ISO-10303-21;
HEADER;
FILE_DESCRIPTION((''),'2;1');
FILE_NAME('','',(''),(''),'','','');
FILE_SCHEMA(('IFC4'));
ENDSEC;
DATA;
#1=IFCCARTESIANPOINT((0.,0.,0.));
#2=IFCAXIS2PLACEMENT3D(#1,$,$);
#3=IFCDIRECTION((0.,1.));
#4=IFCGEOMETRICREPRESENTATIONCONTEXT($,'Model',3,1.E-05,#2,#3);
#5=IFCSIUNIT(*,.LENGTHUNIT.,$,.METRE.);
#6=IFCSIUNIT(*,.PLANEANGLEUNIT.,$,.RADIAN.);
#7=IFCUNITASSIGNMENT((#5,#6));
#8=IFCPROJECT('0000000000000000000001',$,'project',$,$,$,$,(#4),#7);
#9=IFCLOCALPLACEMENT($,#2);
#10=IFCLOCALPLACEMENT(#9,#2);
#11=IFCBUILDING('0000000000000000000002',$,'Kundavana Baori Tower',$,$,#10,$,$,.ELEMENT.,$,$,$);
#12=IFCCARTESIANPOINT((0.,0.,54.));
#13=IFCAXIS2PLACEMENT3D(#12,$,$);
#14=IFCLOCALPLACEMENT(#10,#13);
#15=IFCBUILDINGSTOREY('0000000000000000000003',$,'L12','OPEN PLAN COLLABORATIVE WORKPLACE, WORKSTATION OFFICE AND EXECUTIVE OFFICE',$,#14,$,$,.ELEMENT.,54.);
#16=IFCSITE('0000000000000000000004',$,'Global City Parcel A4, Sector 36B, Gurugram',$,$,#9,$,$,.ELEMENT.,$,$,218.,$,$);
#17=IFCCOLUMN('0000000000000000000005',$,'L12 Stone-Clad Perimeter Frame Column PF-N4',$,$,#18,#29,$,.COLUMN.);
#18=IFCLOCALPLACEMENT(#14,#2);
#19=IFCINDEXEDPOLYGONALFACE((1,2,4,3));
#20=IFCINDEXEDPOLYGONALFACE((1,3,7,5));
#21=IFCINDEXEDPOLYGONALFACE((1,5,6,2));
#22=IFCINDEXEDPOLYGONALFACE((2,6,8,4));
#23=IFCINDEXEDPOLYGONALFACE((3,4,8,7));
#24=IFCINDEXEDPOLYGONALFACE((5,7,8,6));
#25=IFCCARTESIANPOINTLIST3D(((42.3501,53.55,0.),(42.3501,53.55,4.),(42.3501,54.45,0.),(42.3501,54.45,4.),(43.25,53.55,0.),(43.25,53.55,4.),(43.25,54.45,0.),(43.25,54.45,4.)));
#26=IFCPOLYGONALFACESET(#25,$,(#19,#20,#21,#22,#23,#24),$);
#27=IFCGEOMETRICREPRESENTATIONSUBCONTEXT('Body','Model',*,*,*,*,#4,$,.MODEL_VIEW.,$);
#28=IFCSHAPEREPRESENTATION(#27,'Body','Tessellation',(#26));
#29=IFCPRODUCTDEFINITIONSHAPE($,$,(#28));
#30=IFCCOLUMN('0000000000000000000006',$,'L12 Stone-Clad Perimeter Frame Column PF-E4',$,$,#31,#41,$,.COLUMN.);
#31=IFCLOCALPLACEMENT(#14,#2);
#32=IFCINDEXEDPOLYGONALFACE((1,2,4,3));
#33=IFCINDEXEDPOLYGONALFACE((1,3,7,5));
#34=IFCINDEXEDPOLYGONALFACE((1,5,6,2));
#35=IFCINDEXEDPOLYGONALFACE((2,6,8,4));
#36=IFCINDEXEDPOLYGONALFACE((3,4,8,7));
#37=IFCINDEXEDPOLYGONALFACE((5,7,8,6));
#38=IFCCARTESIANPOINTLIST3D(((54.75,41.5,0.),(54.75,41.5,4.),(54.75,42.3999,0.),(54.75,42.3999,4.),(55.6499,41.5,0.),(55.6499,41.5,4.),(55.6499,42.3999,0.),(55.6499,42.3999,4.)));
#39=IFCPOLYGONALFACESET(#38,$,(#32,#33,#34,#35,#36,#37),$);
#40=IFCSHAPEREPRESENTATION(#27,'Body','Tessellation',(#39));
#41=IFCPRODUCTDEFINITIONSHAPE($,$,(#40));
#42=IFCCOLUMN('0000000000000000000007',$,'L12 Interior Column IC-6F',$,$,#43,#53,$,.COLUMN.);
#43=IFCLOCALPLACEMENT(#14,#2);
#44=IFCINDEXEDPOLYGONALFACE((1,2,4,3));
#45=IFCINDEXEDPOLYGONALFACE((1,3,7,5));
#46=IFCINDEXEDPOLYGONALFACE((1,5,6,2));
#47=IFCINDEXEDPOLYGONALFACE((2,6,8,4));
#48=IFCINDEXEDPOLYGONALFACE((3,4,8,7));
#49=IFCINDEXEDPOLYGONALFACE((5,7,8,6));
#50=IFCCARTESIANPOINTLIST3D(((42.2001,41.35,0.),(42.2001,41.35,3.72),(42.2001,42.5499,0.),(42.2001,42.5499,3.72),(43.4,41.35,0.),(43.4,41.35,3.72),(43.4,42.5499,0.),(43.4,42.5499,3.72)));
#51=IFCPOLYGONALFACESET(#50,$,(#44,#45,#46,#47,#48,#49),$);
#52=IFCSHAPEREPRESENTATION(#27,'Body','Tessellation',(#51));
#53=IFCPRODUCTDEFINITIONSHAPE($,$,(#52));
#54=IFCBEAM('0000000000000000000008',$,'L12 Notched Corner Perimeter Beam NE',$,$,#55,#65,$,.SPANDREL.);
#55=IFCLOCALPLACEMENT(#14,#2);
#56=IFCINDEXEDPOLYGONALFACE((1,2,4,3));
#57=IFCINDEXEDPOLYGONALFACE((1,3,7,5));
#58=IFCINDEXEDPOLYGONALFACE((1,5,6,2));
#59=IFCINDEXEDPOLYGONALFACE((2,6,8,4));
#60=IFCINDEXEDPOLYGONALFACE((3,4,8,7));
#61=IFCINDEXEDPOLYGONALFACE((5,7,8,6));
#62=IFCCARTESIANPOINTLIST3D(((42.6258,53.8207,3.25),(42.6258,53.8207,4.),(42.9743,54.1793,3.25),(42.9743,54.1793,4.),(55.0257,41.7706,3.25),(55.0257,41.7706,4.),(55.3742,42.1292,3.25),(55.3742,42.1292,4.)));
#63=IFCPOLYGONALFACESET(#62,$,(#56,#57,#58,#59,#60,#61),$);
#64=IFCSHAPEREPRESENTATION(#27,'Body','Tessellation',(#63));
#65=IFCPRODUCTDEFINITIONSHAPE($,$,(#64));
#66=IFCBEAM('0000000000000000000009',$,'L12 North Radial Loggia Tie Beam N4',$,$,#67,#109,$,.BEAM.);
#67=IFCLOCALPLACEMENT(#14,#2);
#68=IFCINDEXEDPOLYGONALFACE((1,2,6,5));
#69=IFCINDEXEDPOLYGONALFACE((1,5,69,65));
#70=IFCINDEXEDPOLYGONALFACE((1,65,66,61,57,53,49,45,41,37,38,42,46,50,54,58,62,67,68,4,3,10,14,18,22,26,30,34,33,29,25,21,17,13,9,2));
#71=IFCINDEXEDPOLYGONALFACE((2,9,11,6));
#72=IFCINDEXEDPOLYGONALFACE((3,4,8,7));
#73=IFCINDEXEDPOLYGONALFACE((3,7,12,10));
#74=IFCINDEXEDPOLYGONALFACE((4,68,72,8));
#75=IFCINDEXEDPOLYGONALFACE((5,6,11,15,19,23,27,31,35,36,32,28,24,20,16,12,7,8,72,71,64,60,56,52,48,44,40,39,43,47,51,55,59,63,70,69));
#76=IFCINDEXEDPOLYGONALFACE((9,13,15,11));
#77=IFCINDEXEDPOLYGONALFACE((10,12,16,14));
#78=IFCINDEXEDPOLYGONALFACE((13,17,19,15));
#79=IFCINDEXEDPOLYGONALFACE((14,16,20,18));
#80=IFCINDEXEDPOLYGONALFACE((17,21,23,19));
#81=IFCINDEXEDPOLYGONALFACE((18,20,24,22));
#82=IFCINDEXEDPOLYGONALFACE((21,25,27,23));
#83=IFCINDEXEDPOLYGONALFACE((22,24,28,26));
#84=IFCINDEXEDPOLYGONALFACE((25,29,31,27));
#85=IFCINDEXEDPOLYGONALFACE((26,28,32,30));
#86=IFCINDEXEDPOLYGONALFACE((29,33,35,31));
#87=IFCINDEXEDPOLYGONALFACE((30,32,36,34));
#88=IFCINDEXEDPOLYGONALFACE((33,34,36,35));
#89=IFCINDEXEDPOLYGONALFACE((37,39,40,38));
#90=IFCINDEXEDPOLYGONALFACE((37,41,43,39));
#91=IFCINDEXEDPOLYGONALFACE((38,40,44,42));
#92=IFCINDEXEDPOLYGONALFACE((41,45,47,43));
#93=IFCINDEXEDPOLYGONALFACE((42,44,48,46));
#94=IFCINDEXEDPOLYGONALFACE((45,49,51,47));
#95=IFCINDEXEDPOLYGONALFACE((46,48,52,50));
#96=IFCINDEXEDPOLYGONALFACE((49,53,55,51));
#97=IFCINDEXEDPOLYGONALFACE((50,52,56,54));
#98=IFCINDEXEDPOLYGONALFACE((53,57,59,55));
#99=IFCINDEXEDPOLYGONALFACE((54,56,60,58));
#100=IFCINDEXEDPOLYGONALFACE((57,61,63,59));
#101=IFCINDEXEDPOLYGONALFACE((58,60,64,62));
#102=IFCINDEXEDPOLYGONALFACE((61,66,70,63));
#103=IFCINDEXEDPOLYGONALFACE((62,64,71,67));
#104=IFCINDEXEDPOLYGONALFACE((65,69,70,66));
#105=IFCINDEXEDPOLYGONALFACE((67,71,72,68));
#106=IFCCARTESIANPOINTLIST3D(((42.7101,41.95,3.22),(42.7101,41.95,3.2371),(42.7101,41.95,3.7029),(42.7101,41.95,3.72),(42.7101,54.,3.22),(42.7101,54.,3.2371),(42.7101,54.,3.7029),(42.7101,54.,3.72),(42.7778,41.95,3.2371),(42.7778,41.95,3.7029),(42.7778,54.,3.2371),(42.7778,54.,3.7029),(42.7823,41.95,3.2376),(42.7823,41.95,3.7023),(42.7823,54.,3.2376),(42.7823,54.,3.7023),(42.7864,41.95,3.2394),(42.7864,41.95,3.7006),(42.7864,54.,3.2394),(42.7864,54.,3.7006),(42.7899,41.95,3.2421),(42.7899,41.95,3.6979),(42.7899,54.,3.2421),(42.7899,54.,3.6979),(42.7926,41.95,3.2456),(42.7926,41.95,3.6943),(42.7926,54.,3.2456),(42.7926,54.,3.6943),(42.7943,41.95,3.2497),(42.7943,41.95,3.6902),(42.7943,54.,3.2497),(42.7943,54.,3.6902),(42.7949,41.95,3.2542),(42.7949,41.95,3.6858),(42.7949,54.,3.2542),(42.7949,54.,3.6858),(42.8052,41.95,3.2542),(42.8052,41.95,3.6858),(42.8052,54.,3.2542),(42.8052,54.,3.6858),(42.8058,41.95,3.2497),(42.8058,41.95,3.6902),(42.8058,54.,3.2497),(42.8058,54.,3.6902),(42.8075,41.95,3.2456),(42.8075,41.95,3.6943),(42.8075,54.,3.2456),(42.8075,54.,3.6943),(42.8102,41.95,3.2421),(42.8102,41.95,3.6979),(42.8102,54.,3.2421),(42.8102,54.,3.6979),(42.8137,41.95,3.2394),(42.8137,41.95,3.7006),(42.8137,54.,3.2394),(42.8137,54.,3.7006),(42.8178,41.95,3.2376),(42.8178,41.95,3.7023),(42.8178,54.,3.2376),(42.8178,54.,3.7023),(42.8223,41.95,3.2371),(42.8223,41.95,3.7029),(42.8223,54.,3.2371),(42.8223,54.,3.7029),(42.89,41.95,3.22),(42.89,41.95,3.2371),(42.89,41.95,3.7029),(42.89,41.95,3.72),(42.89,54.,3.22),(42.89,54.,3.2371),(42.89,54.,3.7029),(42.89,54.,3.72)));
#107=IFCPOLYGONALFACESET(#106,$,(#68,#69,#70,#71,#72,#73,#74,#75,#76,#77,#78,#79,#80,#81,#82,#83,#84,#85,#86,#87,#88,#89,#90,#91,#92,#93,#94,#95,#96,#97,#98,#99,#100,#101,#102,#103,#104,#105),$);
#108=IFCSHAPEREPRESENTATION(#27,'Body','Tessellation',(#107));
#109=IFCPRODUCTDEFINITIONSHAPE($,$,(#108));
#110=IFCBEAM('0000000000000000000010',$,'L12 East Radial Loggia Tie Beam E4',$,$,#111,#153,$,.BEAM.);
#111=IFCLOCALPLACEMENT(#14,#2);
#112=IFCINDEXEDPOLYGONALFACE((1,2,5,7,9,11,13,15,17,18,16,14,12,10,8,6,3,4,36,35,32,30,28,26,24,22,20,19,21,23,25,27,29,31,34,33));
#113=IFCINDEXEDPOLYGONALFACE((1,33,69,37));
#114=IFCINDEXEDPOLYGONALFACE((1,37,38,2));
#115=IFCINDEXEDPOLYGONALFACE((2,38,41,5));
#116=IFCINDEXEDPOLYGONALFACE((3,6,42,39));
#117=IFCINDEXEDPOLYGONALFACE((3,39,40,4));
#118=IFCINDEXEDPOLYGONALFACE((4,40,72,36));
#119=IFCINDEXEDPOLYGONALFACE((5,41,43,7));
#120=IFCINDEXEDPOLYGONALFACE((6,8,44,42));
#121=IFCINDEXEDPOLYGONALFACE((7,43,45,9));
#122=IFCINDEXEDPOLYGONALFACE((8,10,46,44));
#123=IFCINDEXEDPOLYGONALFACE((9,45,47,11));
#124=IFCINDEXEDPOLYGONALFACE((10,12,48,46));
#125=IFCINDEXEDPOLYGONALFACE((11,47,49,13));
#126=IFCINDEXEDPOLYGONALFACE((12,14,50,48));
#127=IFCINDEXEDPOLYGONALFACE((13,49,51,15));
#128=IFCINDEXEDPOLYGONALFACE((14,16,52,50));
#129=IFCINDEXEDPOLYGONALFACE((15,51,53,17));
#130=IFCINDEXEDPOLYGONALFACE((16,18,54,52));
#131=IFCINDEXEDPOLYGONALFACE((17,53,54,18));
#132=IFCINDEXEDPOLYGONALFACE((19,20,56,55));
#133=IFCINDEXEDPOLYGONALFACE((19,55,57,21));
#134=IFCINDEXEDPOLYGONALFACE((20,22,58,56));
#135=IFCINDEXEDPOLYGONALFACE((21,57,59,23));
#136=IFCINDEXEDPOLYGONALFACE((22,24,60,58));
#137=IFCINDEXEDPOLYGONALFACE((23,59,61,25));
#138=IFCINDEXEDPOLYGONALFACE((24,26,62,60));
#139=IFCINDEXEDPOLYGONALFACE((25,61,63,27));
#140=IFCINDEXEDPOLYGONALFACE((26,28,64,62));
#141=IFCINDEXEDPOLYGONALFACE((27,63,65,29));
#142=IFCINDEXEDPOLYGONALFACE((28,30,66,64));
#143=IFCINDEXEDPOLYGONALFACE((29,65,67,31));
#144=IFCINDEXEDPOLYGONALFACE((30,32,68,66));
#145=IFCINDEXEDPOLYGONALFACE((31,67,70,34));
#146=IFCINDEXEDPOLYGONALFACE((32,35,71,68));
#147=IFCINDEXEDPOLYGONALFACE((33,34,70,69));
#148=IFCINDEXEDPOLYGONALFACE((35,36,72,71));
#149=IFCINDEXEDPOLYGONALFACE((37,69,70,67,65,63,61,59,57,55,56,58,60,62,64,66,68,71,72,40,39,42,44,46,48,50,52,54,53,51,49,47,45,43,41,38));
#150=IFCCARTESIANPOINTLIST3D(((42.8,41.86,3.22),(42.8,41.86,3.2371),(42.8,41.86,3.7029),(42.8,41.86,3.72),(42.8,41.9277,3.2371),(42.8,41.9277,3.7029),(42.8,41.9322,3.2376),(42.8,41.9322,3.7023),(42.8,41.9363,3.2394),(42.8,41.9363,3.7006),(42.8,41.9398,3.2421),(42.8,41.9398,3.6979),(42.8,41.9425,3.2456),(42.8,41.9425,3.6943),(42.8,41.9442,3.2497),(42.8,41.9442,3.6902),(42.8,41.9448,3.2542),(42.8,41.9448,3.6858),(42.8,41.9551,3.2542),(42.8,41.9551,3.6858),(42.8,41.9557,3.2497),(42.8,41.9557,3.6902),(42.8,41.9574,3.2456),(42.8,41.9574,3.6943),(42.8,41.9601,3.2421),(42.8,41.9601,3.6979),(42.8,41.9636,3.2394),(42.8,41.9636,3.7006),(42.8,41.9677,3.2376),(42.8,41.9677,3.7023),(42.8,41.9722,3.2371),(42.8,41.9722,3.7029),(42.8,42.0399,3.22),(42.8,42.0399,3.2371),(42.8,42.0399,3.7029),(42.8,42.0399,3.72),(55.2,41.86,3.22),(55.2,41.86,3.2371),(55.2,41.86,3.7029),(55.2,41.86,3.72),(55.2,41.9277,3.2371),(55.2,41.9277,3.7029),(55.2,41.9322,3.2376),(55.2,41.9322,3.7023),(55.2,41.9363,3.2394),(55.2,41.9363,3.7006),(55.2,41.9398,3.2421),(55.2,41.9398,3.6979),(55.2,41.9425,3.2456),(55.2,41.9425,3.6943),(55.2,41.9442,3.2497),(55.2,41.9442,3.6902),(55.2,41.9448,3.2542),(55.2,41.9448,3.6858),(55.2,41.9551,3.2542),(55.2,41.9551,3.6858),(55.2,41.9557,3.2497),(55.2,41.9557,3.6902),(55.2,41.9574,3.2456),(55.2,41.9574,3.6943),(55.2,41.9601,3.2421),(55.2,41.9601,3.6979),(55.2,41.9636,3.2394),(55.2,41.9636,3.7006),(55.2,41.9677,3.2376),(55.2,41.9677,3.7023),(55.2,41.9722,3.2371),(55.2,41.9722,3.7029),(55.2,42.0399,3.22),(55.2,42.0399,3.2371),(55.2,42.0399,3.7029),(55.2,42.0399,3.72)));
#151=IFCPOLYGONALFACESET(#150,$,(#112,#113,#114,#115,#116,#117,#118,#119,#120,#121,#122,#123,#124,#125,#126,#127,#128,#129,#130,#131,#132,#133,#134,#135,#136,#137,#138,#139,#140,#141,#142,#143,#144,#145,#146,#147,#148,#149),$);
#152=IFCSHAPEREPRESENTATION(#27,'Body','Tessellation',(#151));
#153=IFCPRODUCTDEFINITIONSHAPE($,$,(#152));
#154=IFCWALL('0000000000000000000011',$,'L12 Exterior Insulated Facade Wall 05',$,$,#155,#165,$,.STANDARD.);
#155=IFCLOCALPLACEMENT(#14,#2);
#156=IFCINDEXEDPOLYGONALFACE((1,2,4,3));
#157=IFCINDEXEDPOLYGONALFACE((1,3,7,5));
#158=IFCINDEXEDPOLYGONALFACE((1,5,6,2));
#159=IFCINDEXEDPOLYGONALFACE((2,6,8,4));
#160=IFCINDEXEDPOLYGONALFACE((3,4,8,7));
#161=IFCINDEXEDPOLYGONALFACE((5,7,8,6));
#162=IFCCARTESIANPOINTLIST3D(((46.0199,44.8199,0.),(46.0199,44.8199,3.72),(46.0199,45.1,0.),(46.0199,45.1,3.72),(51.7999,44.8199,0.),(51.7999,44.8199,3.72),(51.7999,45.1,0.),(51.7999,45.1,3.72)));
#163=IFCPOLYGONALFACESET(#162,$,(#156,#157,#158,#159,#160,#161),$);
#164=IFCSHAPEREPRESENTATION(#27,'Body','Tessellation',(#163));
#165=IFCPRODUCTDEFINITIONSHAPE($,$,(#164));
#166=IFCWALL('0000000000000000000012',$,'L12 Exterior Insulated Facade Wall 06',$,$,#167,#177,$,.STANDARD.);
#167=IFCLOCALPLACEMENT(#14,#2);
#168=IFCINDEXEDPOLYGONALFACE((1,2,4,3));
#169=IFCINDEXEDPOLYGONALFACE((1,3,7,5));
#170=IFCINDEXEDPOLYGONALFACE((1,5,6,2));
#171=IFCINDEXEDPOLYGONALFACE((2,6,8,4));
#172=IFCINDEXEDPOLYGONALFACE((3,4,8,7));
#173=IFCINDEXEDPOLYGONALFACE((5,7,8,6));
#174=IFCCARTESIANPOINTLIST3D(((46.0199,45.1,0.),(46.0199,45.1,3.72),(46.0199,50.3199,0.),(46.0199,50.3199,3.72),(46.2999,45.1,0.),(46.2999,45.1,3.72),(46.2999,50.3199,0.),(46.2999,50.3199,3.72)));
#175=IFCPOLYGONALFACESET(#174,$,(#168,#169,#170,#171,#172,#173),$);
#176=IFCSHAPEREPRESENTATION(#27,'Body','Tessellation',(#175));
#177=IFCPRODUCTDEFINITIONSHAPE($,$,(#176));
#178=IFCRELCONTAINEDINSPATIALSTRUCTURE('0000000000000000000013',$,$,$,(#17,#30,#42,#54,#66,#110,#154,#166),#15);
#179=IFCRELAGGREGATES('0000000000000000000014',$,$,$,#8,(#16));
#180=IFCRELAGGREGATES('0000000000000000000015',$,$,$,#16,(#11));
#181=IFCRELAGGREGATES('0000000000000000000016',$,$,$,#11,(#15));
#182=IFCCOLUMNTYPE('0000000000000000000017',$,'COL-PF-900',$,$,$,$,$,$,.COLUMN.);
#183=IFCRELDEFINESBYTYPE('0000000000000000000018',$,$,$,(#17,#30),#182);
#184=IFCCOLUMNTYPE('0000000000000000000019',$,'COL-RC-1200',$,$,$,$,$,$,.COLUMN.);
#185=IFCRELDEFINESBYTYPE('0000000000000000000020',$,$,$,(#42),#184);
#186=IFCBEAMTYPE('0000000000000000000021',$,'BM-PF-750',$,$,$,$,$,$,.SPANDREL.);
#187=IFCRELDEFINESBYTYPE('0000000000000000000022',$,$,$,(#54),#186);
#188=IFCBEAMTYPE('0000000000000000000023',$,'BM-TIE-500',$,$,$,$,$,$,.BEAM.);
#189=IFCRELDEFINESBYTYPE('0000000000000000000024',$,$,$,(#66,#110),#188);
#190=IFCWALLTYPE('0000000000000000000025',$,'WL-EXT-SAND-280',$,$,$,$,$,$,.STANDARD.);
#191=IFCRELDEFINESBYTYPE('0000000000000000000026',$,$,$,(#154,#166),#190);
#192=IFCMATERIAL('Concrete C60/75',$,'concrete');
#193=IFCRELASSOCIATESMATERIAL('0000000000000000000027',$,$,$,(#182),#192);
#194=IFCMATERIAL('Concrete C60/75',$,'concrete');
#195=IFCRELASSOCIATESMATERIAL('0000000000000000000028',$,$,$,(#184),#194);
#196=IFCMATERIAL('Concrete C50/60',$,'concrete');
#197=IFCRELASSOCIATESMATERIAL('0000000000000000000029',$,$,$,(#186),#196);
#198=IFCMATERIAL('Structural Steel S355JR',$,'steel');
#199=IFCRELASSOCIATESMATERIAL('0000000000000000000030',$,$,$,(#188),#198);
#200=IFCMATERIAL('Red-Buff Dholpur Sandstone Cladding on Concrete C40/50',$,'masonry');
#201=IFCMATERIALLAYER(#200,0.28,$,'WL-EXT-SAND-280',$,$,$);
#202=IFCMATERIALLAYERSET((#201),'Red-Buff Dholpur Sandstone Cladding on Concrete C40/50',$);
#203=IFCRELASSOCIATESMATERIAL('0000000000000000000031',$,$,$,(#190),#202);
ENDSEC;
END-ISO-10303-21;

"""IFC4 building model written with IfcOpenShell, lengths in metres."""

from ifc_helpers import new_model, si_unit, direction, frame, frame_2d, origin, origin_2d, place, context, subcontext, project, spatial, rectangle, i_section, extrude, material, layer, layer_set, material_profile, profile_set, type_object, element, save


model = new_model("IFC4")

# Units and contexts
model_context = context("Model", 3, precision=1e-05, world=origin(), true_north=direction((0.0, 1.0)))
body_context = subcontext(model_context, "Body", "Model", "MODEL_VIEW")
ifc_project = project(units=[si_unit("LENGTHUNIT", "METRE"), si_unit("PLANEANGLEUNIT", "RADIAN")], contexts=[model_context])

# Site, building, storey
site_placement = place(None, origin())
site = spatial("IfcSite", under=ifc_project, at=site_placement, Name="Global City Parcel A4, Sector 36B, Gurugram", CompositionType="ELEMENT", RefElevation=218.0)
building_placement = place(site_placement, origin())
building = spatial("IfcBuilding", under=site, at=building_placement, Name="Kundavana Baori Tower", CompositionType="ELEMENT")
storey_placement = place(building_placement, frame((0.0, 0.0, 54.0)))
storey = spatial("IfcBuildingStorey", under=building, at=storey_placement, Name="L12", Description="OPEN PLAN COLLABORATIVE WORKPLACE, WORKSTATION OFFICE AND EXECUTIVE OFFICE", CompositionType="ELEMENT", Elevation=54.0)

# Columns
ifc_material_1 = material(Name="Concrete C60/75", Category="concrete")
ifc_material_profile_1 = material_profile(ifc_material_1, rectangle(XDim=0.8999, YDim=0.8999, at=origin_2d()), Name="RC PF 900x900")
ifc_profile_set_1 = profile_set([ifc_material_profile_1], Name="Concrete C60/75")
column_type_1 = type_object("IfcColumnType", Name="COL-PF-900", PredefinedType="COLUMN", material=ifc_profile_set_1)
for number, where, z_axis, x_axis, name in (
    (1, (42.8, 54.0, 0.0), (0.0, 0.0, 1.0), (1.0, 0.0, 0.0), "L12 Stone-Clad Perimeter Frame Column PF-N4"),
    (2, (55.2, 41.95, 0.0), (0.0, 0.0, 1.0), (1.0, 0.0, 0.0), "L12 Stone-Clad Perimeter Frame Column PF-E4"),
):
    element("IfcColumn", number, at=place(storey_placement, frame(where, z_axis=z_axis, x_axis=x_axis)), inside=storey, type_object=column_type_1, Name=name, PredefinedType="COLUMN", context=body_context, shape_type="SweptSolid", body=[
        extrude(rectangle(XDim=0.8999, YDim=0.8999, at=origin_2d()), origin(), (0.0, 0.0, 1.0), 4.0),
    ])
ifc_material_2 = material(Name="Concrete C60/75", Category="concrete")
ifc_material_profile_2 = material_profile(ifc_material_2, rectangle(XDim=1.2, YDim=1.2, at=origin_2d()), Name="RC 1200x1200")
ifc_profile_set_2 = profile_set([ifc_material_profile_2], Name="Concrete C60/75")
column_type_2 = type_object("IfcColumnType", Name="COL-RC-1200", PredefinedType="COLUMN", material=ifc_profile_set_2)
column_placement = place(storey_placement, frame((42.8, 41.95, 0.0), z_axis=(0.0, 0.0, 1.0), x_axis=(1.0, 0.0, 0.0)))
element("IfcColumn", 3, at=column_placement, inside=storey, type_object=column_type_2, Name="L12 Interior Column IC-6F", PredefinedType="COLUMN", context=body_context, shape_type="SweptSolid", body=[
    extrude(rectangle(XDim=1.2, YDim=1.2, at=origin_2d()), origin(), (0.0, 0.0, 1.0), 3.72),
])

# Beams
ifc_material_3 = material(Name="Concrete C50/60", Category="concrete")
ifc_material_profile_3 = material_profile(ifc_material_3, rectangle(XDim=0.5, YDim=0.75, at=origin_2d()), Name="RC BM 500x750")
ifc_profile_set_3 = profile_set([ifc_material_profile_3], Name="Concrete C50/60")
beam_type_1 = type_object("IfcBeamType", Name="BM-PF-750", PredefinedType="SPANDREL", material=ifc_profile_set_3)
beam_1_placement = place(storey_placement, frame((42.8, 54.0, 3.625), z_axis=(0.717151, -0.696917, 0.0), x_axis=(0.696917, 0.717151, 0.0)))
element("IfcBeam", 4, at=beam_1_placement, inside=storey, type_object=beam_type_1, Name="L12 Notched Corner Perimeter Beam NE", PredefinedType="SPANDREL", context=body_context, shape_type="SweptSolid", body=[
    extrude(rectangle(XDim=0.5, YDim=0.75, at=origin_2d()), origin(), (0.0, 0.0, 1.0), 17.2905),
])
ifc_material_4 = material(Name="Structural Steel S355JR", Category="steel")
ifc_material_profile_4 = material_profile(ifc_material_4, i_section(OverallWidth=0.1799, OverallDepth=0.5, WebThickness=0.0103, FlangeThickness=0.0171, FilletRadius=0.0171, at=origin_2d()), Name="ISMB 500")
ifc_profile_set_4 = profile_set([ifc_material_profile_4], Name="Structural Steel S355JR")
beam_type_2 = type_object("IfcBeamType", Name="BM-TIE-500", PredefinedType="BEAM", material=ifc_profile_set_4)
beam_2_placement = place(storey_placement, frame((42.8, 41.95, 3.47), z_axis=(0.0, 1.0, 0.0), x_axis=(-1.0, 0.0, 0.0)))
element("IfcBeam", 5, at=beam_2_placement, inside=storey, type_object=beam_type_2, Name="L12 North Radial Loggia Tie Beam N4", PredefinedType="BEAM", context=body_context, shape_type="SweptSolid", body=[
    extrude(i_section(OverallWidth=0.1799, OverallDepth=0.5, WebThickness=0.0103, FlangeThickness=0.0171, FilletRadius=0.0171, at=origin_2d()), origin(), (0.0, 0.0, 1.0), 12.05),
])
beam_3_placement = place(storey_placement, frame((42.8, 41.95, 3.47), z_axis=(1.0, 0.0, 0.0), x_axis=(0.0, 1.0, 0.0)))
element("IfcBeam", 6, at=beam_3_placement, inside=storey, type_object=beam_type_2, Name="L12 East Radial Loggia Tie Beam E4", PredefinedType="BEAM", context=body_context, shape_type="SweptSolid", body=[
    extrude(i_section(OverallWidth=0.1799, OverallDepth=0.5, WebThickness=0.0103, FlangeThickness=0.0171, FilletRadius=0.0171, at=origin_2d()), origin(), (0.0, 0.0, 1.0), 12.3999),
])

# Walls
ifc_material_5 = material(Name="Red-Buff Dholpur Sandstone Cladding on Concrete C40/50", Category="masonry")
ifc_layer_1 = layer(ifc_material_5, 0.28, Name="WL-EXT-SAND-280")
ifc_layer_set_1 = layer_set([ifc_layer_1], Name="Red-Buff Dholpur Sandstone Cladding on Concrete C40/50")
wall_type_1 = type_object("IfcWallType", Name="WL-EXT-SAND-280", PredefinedType="STANDARD", material=ifc_layer_set_1)
wall_1_placement = place(storey_placement, frame((51.8, 44.96, 0.0), z_axis=(0.0, 0.0, 1.0), x_axis=(-1.0, 0.0, 0.0)))
element("IfcWall", 7, at=wall_1_placement, inside=storey, type_object=wall_type_1, Name="L12 Exterior Insulated Facade Wall 05", PredefinedType="STANDARD", context=body_context, shape_type="SweptSolid", body=[
    extrude(rectangle(XDim=5.78, YDim=0.28, at=frame_2d((2.8901, 0.0))), origin(), (0.0, 0.0, 1.0), 3.72),
])
wall_2_placement = place(storey_placement, frame((46.1599, 45.1001, 0.0), z_axis=(0.0, 0.0, 1.0), x_axis=(0.0, 1.0, 0.0)))
element("IfcWall", 8, at=wall_2_placement, inside=storey, type_object=wall_type_1, Name="L12 Exterior Insulated Facade Wall 06", PredefinedType="STANDARD", context=body_context, shape_type="SweptSolid", body=[
    extrude(rectangle(XDim=5.22, YDim=0.28, at=frame_2d((2.6099, 0.0))), origin(), (0.0, 0.0, 1.0), 3.72),
])

save(model, "model.ifc")
